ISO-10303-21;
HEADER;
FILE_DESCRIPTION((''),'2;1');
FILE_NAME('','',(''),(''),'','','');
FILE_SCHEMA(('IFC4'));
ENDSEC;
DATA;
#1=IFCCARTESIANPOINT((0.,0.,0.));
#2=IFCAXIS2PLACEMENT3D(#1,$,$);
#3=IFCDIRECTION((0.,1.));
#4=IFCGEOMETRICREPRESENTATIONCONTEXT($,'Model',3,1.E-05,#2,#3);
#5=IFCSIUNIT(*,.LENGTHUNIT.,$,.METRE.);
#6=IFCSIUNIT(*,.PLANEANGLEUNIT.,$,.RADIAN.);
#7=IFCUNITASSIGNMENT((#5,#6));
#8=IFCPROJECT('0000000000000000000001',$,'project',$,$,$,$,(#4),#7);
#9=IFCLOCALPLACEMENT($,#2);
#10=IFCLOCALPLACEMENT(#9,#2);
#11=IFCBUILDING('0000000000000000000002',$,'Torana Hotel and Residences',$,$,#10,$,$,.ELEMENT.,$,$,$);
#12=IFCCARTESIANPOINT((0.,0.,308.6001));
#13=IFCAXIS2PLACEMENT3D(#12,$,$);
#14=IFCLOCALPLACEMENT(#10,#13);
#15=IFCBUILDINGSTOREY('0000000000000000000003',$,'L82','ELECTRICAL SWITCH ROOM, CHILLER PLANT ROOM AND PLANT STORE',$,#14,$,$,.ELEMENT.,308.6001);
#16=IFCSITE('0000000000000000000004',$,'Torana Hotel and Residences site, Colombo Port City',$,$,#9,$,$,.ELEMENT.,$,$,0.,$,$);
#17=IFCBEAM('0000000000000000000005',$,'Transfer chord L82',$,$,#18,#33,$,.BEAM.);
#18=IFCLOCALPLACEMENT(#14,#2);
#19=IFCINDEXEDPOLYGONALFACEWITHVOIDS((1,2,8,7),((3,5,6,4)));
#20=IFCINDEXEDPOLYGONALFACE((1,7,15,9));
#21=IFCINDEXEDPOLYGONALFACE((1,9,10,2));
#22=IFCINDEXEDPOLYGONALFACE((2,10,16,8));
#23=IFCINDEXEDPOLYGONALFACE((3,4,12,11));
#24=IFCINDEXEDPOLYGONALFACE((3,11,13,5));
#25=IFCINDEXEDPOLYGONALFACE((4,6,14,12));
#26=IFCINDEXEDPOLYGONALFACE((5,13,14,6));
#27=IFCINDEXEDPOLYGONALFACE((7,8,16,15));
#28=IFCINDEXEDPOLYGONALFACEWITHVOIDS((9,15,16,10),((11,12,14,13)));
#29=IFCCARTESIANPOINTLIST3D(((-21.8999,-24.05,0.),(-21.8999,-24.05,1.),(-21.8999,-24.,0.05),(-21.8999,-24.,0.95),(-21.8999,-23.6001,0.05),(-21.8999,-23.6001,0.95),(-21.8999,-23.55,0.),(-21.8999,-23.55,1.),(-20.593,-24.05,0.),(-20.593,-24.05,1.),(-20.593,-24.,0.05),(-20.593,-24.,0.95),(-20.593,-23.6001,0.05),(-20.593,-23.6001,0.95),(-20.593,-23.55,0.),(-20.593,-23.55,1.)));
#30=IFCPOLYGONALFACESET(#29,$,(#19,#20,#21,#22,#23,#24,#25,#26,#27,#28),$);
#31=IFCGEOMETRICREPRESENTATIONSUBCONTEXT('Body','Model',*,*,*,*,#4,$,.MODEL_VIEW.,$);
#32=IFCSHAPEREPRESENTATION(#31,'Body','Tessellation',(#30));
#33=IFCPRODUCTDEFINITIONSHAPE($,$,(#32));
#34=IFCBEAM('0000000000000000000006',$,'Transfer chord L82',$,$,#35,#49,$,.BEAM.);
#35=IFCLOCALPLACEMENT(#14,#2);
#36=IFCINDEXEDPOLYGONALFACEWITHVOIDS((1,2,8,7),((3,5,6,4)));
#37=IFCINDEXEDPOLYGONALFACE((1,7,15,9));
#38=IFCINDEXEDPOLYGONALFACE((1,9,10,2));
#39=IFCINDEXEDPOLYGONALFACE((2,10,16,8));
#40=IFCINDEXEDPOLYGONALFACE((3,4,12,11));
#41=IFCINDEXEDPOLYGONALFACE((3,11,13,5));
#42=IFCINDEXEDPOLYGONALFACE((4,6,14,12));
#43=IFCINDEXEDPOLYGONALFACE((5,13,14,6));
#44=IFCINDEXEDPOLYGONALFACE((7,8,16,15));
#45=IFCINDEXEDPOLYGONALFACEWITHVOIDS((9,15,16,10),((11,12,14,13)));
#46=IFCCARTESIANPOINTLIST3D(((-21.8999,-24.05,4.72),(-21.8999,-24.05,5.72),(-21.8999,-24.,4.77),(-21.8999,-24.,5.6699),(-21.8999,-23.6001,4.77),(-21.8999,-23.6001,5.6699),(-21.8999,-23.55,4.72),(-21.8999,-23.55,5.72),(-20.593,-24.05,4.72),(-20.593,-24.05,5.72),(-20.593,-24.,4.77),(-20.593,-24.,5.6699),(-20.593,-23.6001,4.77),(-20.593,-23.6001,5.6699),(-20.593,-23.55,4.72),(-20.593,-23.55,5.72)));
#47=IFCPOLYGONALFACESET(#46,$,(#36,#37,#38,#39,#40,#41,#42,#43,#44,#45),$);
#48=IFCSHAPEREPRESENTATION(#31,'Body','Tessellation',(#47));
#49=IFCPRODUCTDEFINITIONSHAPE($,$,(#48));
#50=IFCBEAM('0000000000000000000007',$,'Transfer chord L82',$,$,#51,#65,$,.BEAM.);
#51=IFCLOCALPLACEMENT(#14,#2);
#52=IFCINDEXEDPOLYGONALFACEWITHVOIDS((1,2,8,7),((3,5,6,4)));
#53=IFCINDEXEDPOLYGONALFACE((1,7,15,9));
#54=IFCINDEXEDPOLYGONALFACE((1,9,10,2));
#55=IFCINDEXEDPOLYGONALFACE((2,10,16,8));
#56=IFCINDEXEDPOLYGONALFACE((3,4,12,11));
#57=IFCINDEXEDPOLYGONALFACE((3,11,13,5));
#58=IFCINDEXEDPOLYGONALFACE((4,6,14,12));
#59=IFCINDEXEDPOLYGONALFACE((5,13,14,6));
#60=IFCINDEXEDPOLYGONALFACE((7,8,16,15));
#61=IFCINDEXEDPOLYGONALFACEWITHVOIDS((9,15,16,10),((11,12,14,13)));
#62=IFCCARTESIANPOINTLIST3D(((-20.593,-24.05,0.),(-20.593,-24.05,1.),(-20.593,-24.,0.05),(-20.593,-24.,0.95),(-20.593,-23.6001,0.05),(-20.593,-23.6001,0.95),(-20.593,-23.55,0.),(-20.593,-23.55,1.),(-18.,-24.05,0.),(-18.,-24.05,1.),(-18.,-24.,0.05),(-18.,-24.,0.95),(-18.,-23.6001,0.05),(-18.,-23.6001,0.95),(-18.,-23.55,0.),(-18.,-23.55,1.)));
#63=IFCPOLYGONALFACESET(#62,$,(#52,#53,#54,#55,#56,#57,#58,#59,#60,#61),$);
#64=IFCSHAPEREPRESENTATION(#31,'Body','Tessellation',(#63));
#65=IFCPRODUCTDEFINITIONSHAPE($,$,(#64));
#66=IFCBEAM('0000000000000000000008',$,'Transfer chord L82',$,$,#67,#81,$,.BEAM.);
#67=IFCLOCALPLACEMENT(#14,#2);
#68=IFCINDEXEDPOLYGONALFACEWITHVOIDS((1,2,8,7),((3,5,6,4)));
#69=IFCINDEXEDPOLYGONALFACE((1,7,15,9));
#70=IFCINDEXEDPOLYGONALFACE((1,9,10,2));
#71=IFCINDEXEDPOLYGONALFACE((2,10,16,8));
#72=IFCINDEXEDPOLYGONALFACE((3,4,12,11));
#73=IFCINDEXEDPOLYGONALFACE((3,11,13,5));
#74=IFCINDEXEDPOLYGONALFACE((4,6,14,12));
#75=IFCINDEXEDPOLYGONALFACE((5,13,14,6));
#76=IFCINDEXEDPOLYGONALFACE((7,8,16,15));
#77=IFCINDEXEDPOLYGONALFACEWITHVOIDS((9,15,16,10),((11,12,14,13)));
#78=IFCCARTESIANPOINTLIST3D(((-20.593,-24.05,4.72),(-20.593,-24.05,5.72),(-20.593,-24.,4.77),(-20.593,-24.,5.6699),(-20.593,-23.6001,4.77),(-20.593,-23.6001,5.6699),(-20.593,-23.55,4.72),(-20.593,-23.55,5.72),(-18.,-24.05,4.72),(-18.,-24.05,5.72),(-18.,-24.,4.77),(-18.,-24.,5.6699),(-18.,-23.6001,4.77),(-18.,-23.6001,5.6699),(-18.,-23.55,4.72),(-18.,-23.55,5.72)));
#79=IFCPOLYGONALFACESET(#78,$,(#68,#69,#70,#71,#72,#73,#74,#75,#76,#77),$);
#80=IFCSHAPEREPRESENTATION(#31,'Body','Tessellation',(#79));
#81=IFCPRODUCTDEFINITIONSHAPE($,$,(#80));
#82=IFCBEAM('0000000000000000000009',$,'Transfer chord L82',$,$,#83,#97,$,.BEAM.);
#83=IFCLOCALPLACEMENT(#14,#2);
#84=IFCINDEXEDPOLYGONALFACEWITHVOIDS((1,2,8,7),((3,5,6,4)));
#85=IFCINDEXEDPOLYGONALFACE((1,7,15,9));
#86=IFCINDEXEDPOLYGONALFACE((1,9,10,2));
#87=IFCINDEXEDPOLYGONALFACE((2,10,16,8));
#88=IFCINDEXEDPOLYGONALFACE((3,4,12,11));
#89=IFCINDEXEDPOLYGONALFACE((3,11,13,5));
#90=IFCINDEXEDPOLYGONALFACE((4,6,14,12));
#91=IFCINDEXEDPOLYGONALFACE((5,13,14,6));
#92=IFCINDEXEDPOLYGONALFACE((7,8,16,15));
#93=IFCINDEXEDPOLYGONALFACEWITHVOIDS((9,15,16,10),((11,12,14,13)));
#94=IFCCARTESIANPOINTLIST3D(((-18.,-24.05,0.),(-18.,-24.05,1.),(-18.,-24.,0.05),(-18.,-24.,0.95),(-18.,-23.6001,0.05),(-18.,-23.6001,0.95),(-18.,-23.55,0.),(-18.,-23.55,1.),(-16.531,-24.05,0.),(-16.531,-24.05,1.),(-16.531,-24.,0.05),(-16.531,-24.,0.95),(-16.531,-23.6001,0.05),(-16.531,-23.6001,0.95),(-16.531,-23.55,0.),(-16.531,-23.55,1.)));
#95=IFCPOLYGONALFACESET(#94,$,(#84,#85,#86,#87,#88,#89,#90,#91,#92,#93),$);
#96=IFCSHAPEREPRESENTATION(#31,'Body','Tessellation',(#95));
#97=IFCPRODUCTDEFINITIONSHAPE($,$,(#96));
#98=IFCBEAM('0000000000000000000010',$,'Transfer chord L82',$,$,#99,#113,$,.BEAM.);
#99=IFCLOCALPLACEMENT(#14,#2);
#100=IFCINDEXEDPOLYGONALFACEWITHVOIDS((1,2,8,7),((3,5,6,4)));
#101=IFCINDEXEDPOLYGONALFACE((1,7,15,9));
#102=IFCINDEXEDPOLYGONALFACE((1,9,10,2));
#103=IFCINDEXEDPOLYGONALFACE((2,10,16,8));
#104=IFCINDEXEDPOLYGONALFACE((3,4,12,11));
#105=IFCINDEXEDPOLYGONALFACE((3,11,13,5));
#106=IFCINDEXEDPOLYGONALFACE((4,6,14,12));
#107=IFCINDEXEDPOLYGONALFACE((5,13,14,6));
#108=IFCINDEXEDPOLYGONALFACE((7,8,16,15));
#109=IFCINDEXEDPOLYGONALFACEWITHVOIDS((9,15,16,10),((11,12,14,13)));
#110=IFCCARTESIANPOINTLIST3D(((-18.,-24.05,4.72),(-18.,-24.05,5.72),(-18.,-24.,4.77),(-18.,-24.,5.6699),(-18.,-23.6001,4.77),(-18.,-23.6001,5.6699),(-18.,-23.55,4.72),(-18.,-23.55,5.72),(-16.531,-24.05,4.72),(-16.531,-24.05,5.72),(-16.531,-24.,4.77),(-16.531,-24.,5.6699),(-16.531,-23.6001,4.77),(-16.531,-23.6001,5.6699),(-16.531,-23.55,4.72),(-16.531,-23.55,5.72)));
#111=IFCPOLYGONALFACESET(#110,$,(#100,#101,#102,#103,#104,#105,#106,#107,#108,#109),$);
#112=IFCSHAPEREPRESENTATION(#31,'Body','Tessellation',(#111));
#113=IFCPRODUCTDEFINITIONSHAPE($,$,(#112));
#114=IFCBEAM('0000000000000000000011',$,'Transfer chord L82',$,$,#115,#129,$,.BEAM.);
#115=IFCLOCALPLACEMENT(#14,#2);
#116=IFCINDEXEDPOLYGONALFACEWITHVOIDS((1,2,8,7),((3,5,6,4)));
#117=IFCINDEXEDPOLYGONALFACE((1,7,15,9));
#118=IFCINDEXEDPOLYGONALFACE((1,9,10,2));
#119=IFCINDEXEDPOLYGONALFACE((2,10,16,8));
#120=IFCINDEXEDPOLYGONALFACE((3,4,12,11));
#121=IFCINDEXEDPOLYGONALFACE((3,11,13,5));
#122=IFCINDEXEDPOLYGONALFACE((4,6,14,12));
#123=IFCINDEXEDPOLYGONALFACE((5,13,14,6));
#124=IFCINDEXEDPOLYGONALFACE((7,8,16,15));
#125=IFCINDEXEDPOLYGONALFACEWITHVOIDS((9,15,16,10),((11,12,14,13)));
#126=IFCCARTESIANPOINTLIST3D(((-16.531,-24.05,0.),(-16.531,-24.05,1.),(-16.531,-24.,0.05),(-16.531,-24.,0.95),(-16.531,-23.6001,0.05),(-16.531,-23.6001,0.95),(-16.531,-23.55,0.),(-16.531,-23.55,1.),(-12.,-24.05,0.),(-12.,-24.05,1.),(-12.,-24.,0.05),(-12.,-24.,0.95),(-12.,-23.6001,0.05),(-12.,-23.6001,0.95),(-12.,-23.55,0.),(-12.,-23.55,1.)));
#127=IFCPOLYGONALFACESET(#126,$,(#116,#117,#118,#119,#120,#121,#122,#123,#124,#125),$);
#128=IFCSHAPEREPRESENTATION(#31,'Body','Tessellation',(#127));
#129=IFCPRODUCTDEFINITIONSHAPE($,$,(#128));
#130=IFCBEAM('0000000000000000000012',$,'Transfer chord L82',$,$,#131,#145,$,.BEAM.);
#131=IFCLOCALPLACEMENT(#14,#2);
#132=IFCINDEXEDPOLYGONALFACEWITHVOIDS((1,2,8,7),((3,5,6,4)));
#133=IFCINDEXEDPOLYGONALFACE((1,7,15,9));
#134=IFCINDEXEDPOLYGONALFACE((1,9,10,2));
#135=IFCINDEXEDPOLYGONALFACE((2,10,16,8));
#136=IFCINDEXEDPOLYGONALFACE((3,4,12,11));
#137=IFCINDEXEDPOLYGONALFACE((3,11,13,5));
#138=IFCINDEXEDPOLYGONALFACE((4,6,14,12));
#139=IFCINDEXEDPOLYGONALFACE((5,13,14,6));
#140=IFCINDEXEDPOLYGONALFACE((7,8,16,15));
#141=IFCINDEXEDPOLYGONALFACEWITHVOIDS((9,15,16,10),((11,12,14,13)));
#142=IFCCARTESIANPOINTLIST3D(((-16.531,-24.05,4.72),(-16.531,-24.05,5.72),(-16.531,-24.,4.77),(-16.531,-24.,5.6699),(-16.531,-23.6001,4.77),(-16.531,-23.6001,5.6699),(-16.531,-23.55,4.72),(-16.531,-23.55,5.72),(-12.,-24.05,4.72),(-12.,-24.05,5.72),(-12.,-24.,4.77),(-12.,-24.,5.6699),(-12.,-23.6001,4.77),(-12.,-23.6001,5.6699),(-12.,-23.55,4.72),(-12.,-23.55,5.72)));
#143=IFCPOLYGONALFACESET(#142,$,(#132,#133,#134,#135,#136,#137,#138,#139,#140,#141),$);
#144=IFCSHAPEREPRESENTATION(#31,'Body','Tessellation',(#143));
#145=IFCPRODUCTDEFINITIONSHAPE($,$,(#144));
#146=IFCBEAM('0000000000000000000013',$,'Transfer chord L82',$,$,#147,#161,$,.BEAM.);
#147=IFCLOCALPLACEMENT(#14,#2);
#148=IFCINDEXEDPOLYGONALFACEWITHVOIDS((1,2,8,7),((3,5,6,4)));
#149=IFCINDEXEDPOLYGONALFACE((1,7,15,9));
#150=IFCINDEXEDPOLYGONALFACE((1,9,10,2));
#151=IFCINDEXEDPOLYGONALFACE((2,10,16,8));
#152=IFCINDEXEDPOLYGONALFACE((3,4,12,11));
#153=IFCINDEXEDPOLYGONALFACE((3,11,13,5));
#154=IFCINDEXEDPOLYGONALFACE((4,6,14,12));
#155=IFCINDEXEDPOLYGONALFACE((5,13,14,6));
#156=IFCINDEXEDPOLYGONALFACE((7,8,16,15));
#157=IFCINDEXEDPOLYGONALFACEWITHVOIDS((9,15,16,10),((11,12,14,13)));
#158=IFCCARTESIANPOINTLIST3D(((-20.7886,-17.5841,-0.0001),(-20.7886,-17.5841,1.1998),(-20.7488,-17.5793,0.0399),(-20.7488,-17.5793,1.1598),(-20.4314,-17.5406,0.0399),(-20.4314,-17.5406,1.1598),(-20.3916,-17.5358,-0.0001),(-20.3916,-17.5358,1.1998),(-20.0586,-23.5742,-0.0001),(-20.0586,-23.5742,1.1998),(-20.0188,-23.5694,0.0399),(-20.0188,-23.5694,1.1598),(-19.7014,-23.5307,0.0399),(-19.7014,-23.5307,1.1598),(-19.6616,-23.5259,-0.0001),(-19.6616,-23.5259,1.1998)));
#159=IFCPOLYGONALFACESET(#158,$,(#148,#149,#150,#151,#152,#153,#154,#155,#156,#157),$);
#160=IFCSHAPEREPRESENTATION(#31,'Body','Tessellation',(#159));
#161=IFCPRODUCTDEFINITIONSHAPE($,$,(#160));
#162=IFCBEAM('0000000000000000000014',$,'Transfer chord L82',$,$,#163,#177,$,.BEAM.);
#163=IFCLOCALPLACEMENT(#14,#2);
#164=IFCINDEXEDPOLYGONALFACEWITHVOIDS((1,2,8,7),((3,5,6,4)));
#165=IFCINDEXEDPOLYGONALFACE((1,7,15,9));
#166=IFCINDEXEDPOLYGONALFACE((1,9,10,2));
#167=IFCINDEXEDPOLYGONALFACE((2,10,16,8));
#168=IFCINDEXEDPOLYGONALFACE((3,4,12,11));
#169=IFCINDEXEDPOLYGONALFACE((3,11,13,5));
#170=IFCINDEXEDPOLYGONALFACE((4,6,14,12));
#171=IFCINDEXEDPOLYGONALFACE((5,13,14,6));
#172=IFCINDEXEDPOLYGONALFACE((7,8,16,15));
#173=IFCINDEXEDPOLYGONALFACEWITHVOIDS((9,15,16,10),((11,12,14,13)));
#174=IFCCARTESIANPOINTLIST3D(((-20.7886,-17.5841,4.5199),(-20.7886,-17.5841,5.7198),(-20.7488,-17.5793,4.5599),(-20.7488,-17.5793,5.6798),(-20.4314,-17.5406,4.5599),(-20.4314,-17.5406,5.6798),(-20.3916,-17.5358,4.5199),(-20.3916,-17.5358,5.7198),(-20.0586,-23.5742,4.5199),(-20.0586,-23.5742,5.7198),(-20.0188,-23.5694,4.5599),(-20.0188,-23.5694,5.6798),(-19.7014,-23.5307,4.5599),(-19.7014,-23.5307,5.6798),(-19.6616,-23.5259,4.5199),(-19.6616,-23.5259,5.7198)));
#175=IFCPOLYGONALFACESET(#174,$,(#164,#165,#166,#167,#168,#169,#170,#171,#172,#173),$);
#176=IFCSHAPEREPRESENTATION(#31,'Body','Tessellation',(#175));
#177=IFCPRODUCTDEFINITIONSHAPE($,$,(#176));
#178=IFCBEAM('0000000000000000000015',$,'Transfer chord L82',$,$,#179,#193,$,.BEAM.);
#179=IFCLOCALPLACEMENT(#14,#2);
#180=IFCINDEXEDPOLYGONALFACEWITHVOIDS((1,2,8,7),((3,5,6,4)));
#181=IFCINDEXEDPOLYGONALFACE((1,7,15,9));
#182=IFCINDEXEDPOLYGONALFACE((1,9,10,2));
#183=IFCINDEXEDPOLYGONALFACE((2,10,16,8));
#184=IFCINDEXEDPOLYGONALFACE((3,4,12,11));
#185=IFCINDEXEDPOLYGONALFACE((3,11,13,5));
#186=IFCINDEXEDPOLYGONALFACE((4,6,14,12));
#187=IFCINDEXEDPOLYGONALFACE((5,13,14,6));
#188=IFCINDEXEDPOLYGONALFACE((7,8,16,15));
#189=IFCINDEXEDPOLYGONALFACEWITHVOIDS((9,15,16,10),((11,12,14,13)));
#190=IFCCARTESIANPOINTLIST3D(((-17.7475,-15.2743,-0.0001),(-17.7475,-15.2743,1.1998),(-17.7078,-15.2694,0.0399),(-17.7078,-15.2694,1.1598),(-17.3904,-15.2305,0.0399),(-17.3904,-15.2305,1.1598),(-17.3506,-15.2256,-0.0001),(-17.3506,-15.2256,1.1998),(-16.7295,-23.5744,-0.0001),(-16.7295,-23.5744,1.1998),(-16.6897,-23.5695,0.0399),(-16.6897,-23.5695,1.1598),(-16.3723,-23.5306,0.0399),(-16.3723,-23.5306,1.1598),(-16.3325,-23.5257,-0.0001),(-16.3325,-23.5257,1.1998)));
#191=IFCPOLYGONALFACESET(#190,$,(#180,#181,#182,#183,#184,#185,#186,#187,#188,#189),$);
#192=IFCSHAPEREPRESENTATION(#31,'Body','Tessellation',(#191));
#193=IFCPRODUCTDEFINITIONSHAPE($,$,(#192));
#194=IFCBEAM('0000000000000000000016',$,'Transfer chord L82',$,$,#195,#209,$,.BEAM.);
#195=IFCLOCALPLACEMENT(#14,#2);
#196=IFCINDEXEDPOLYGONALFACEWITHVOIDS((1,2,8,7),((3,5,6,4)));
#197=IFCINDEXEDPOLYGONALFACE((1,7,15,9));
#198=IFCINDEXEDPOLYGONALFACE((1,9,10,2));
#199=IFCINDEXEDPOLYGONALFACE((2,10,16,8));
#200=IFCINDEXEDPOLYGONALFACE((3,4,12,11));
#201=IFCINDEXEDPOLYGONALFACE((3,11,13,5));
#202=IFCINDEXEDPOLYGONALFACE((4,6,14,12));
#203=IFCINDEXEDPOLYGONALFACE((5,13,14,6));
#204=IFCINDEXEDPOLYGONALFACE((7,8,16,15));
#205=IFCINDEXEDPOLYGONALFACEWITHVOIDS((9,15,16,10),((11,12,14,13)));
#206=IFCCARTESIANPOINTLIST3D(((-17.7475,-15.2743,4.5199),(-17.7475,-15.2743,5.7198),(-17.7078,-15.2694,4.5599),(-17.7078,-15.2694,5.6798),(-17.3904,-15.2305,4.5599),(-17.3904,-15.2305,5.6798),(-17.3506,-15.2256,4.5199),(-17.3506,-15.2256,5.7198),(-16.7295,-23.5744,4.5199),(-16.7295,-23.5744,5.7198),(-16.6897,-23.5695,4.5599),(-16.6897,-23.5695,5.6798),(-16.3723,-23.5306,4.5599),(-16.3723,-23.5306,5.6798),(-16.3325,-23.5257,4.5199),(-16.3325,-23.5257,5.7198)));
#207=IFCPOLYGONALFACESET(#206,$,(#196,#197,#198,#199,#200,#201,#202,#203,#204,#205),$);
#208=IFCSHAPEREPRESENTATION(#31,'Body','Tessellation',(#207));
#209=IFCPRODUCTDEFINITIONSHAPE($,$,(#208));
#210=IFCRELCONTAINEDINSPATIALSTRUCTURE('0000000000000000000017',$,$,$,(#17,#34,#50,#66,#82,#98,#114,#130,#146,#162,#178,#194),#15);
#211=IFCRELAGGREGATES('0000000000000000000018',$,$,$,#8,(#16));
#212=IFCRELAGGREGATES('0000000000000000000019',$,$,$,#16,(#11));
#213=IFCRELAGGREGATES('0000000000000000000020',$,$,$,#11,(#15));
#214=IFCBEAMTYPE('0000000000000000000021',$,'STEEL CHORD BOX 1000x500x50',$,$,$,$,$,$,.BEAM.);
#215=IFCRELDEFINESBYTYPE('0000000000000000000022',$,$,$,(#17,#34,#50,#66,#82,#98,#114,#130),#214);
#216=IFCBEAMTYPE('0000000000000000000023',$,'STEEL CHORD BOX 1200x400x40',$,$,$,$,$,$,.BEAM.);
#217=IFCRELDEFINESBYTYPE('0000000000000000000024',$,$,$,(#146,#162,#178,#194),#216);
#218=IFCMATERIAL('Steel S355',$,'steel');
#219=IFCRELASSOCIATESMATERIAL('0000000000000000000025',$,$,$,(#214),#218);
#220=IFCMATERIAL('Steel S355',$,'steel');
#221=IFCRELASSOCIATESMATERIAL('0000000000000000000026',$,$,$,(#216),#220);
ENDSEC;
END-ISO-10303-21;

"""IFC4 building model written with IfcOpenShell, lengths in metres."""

from ifc_helpers import new_model, si_unit, direction, frame, origin, origin_2d, place, context, subcontext, project, spatial, hollow_rectangle, extrude, material, material_profile, profile_set, type_object, element, save


model = new_model("IFC4")

# Units and contexts
model_context = context("Model", 3, precision=1e-05, world=origin(), true_north=direction((0.0, 1.0)))
body_context = subcontext(model_context, "Body", "Model", "MODEL_VIEW")
ifc_project = project(units=[si_unit("LENGTHUNIT", "METRE"), si_unit("PLANEANGLEUNIT", "RADIAN")], contexts=[model_context])

# Site, building, storey
site_placement = place(None, origin())
site = spatial("IfcSite", under=ifc_project, at=site_placement, Name="Torana Hotel and Residences site, Colombo Port City", CompositionType="ELEMENT", RefElevation=0.0)
building_placement = place(site_placement, origin())
building = spatial("IfcBuilding", under=site, at=building_placement, Name="Torana Hotel and Residences", CompositionType="ELEMENT")
storey_placement = place(building_placement, frame((0.0, 0.0, 308.6001)))
storey = spatial("IfcBuildingStorey", under=building, at=storey_placement, Name="L82", Description="ELECTRICAL SWITCH ROOM, CHILLER PLANT ROOM AND PLANT STORE", CompositionType="ELEMENT", Elevation=308.6001)

# Beams
ifc_material_1 = material(Name="Steel S355", Category="steel")
ifc_material_profile_1 = material_profile(ifc_material_1, hollow_rectangle(XDim=0.5, YDim=1.0, WallThickness=0.05, at=origin_2d()), Name="BOX 1000x500x50")
ifc_profile_set_1 = profile_set([ifc_material_profile_1], Name="Steel S355")
beam_type_1 = type_object("IfcBeamType", Name="STEEL CHORD BOX 1000x500x50", PredefinedType="BEAM", material=ifc_profile_set_1)
for number, where, z_axis, x_axis, name in (
    (1, (-21.8999, -23.8, 0.5), (1.0, 0.0, 0.0), (0.0, 1.0, 0.0), "Transfer chord L82"),
    (2, (-21.8999, -23.8, 5.22), (1.0, 0.0, 0.0), (0.0, 1.0, 0.0), "Transfer chord L82"),
):
    element("IfcBeam", number, at=place(storey_placement, frame(where, z_axis=z_axis, x_axis=x_axis)), inside=storey, type_object=beam_type_1, Name=name, PredefinedType="BEAM", context=body_context, shape_type="SweptSolid", body=[
        extrude(hollow_rectangle(XDim=0.5, YDim=1.0, WallThickness=0.05, at=origin_2d()), origin(), (0.0, 0.0, 1.0), 1.3069),
    ])
for number, where, z_axis, x_axis, name in (
    (3, (-20.593, -23.8, 0.5), (1.0, 0.0, 0.0), (0.0, 1.0, 0.0), "Transfer chord L82"),
    (4, (-20.593, -23.8, 5.22), (1.0, 0.0, 0.0), (0.0, 1.0, 0.0), "Transfer chord L82"),
):
    element("IfcBeam", number, at=place(storey_placement, frame(where, z_axis=z_axis, x_axis=x_axis)), inside=storey, type_object=beam_type_1, Name=name, PredefinedType="BEAM", context=body_context, shape_type="SweptSolid", body=[
        extrude(hollow_rectangle(XDim=0.5, YDim=1.0, WallThickness=0.05, at=origin_2d()), origin(), (0.0, 0.0, 1.0), 2.593),
    ])
for number, where, z_axis, x_axis, name in (
    (5, (-18.0, -23.8, 0.5), (1.0, 0.0, 0.0), (0.0, 1.0, 0.0), "Transfer chord L82"),
    (6, (-18.0, -23.8, 5.22), (1.0, 0.0, 0.0), (0.0, 1.0, 0.0), "Transfer chord L82"),
):
    element("IfcBeam", number, at=place(storey_placement, frame(where, z_axis=z_axis, x_axis=x_axis)), inside=storey, type_object=beam_type_1, Name=name, PredefinedType="BEAM", context=body_context, shape_type="SweptSolid", body=[
        extrude(hollow_rectangle(XDim=0.5, YDim=1.0, WallThickness=0.05, at=origin_2d()), origin(), (0.0, 0.0, 1.0), 1.469),
    ])
for number, where, z_axis, x_axis, name in (
    (7, (-16.531, -23.8, 0.5), (1.0, 0.0, 0.0), (0.0, 1.0, 0.0), "Transfer chord L82"),
    (8, (-16.531, -23.8, 5.22), (1.0, 0.0, 0.0), (0.0, 1.0, 0.0), "Transfer chord L82"),
):
    element("IfcBeam", number, at=place(storey_placement, frame(where, z_axis=z_axis, x_axis=x_axis)), inside=storey, type_object=beam_type_1, Name=name, PredefinedType="BEAM", context=body_context, shape_type="SweptSolid", body=[
        extrude(hollow_rectangle(XDim=0.5, YDim=1.0, WallThickness=0.05, at=origin_2d()), origin(), (0.0, 0.0, 1.0), 4.531),
    ])
ifc_material_2 = material(Name="Steel S355", Category="steel")
ifc_material_profile_2 = material_profile(ifc_material_2, hollow_rectangle(XDim=0.3999, YDim=1.2, WallThickness=0.04, at=origin_2d()), Name="BOX 1200x400x40")
ifc_profile_set_2 = profile_set([ifc_material_profile_2], Name="Steel S355")
beam_type_2 = type_object("IfcBeamType", Name="STEEL CHORD BOX 1200x400x40", PredefinedType="BEAM", material=ifc_profile_set_2)
for number, where, z_axis, x_axis, name in (
    (9, (-19.8601, -23.55, 0.5999), (-0.120972, 0.992656, 0.0), (-0.992656, -0.120972, 0.0), "Transfer chord L82"),
    (10, (-19.8601, -23.55, 5.1199), (-0.120972, 0.992656, 0.0), (-0.992656, -0.120972, 0.0), "Transfer chord L82"),
):
    element("IfcBeam", number, at=place(storey_placement, frame(where, z_axis=z_axis, x_axis=x_axis)), inside=storey, type_object=beam_type_2, Name=name, PredefinedType="BEAM", context=body_context, shape_type="SweptSolid", body=[
        extrude(hollow_rectangle(XDim=0.3999, YDim=1.2, WallThickness=0.04, at=origin_2d()), origin(), (0.0, 0.0, 1.0), 6.0344),
    ])
for number, where, z_axis, x_axis, name in (
    (11, (-16.531, -23.55, 0.5999), (-0.121745, 0.992561, 0.0), (-0.992561, -0.121745, 0.0), "Transfer chord L82"),
    (12, (-16.531, -23.55, 5.1199), (-0.121745, 0.992561, 0.0), (-0.992561, -0.121745, 0.0), "Transfer chord L82"),
):
    element("IfcBeam", number, at=place(storey_placement, frame(where, z_axis=z_axis, x_axis=x_axis)), inside=storey, type_object=beam_type_2, Name=name, PredefinedType="BEAM", context=body_context, shape_type="SweptSolid", body=[
        extrude(hollow_rectangle(XDim=0.3999, YDim=1.2, WallThickness=0.04, at=origin_2d()), origin(), (0.0, 0.0, 1.0), 8.3623),
    ])

save(model, "model.ifc")
